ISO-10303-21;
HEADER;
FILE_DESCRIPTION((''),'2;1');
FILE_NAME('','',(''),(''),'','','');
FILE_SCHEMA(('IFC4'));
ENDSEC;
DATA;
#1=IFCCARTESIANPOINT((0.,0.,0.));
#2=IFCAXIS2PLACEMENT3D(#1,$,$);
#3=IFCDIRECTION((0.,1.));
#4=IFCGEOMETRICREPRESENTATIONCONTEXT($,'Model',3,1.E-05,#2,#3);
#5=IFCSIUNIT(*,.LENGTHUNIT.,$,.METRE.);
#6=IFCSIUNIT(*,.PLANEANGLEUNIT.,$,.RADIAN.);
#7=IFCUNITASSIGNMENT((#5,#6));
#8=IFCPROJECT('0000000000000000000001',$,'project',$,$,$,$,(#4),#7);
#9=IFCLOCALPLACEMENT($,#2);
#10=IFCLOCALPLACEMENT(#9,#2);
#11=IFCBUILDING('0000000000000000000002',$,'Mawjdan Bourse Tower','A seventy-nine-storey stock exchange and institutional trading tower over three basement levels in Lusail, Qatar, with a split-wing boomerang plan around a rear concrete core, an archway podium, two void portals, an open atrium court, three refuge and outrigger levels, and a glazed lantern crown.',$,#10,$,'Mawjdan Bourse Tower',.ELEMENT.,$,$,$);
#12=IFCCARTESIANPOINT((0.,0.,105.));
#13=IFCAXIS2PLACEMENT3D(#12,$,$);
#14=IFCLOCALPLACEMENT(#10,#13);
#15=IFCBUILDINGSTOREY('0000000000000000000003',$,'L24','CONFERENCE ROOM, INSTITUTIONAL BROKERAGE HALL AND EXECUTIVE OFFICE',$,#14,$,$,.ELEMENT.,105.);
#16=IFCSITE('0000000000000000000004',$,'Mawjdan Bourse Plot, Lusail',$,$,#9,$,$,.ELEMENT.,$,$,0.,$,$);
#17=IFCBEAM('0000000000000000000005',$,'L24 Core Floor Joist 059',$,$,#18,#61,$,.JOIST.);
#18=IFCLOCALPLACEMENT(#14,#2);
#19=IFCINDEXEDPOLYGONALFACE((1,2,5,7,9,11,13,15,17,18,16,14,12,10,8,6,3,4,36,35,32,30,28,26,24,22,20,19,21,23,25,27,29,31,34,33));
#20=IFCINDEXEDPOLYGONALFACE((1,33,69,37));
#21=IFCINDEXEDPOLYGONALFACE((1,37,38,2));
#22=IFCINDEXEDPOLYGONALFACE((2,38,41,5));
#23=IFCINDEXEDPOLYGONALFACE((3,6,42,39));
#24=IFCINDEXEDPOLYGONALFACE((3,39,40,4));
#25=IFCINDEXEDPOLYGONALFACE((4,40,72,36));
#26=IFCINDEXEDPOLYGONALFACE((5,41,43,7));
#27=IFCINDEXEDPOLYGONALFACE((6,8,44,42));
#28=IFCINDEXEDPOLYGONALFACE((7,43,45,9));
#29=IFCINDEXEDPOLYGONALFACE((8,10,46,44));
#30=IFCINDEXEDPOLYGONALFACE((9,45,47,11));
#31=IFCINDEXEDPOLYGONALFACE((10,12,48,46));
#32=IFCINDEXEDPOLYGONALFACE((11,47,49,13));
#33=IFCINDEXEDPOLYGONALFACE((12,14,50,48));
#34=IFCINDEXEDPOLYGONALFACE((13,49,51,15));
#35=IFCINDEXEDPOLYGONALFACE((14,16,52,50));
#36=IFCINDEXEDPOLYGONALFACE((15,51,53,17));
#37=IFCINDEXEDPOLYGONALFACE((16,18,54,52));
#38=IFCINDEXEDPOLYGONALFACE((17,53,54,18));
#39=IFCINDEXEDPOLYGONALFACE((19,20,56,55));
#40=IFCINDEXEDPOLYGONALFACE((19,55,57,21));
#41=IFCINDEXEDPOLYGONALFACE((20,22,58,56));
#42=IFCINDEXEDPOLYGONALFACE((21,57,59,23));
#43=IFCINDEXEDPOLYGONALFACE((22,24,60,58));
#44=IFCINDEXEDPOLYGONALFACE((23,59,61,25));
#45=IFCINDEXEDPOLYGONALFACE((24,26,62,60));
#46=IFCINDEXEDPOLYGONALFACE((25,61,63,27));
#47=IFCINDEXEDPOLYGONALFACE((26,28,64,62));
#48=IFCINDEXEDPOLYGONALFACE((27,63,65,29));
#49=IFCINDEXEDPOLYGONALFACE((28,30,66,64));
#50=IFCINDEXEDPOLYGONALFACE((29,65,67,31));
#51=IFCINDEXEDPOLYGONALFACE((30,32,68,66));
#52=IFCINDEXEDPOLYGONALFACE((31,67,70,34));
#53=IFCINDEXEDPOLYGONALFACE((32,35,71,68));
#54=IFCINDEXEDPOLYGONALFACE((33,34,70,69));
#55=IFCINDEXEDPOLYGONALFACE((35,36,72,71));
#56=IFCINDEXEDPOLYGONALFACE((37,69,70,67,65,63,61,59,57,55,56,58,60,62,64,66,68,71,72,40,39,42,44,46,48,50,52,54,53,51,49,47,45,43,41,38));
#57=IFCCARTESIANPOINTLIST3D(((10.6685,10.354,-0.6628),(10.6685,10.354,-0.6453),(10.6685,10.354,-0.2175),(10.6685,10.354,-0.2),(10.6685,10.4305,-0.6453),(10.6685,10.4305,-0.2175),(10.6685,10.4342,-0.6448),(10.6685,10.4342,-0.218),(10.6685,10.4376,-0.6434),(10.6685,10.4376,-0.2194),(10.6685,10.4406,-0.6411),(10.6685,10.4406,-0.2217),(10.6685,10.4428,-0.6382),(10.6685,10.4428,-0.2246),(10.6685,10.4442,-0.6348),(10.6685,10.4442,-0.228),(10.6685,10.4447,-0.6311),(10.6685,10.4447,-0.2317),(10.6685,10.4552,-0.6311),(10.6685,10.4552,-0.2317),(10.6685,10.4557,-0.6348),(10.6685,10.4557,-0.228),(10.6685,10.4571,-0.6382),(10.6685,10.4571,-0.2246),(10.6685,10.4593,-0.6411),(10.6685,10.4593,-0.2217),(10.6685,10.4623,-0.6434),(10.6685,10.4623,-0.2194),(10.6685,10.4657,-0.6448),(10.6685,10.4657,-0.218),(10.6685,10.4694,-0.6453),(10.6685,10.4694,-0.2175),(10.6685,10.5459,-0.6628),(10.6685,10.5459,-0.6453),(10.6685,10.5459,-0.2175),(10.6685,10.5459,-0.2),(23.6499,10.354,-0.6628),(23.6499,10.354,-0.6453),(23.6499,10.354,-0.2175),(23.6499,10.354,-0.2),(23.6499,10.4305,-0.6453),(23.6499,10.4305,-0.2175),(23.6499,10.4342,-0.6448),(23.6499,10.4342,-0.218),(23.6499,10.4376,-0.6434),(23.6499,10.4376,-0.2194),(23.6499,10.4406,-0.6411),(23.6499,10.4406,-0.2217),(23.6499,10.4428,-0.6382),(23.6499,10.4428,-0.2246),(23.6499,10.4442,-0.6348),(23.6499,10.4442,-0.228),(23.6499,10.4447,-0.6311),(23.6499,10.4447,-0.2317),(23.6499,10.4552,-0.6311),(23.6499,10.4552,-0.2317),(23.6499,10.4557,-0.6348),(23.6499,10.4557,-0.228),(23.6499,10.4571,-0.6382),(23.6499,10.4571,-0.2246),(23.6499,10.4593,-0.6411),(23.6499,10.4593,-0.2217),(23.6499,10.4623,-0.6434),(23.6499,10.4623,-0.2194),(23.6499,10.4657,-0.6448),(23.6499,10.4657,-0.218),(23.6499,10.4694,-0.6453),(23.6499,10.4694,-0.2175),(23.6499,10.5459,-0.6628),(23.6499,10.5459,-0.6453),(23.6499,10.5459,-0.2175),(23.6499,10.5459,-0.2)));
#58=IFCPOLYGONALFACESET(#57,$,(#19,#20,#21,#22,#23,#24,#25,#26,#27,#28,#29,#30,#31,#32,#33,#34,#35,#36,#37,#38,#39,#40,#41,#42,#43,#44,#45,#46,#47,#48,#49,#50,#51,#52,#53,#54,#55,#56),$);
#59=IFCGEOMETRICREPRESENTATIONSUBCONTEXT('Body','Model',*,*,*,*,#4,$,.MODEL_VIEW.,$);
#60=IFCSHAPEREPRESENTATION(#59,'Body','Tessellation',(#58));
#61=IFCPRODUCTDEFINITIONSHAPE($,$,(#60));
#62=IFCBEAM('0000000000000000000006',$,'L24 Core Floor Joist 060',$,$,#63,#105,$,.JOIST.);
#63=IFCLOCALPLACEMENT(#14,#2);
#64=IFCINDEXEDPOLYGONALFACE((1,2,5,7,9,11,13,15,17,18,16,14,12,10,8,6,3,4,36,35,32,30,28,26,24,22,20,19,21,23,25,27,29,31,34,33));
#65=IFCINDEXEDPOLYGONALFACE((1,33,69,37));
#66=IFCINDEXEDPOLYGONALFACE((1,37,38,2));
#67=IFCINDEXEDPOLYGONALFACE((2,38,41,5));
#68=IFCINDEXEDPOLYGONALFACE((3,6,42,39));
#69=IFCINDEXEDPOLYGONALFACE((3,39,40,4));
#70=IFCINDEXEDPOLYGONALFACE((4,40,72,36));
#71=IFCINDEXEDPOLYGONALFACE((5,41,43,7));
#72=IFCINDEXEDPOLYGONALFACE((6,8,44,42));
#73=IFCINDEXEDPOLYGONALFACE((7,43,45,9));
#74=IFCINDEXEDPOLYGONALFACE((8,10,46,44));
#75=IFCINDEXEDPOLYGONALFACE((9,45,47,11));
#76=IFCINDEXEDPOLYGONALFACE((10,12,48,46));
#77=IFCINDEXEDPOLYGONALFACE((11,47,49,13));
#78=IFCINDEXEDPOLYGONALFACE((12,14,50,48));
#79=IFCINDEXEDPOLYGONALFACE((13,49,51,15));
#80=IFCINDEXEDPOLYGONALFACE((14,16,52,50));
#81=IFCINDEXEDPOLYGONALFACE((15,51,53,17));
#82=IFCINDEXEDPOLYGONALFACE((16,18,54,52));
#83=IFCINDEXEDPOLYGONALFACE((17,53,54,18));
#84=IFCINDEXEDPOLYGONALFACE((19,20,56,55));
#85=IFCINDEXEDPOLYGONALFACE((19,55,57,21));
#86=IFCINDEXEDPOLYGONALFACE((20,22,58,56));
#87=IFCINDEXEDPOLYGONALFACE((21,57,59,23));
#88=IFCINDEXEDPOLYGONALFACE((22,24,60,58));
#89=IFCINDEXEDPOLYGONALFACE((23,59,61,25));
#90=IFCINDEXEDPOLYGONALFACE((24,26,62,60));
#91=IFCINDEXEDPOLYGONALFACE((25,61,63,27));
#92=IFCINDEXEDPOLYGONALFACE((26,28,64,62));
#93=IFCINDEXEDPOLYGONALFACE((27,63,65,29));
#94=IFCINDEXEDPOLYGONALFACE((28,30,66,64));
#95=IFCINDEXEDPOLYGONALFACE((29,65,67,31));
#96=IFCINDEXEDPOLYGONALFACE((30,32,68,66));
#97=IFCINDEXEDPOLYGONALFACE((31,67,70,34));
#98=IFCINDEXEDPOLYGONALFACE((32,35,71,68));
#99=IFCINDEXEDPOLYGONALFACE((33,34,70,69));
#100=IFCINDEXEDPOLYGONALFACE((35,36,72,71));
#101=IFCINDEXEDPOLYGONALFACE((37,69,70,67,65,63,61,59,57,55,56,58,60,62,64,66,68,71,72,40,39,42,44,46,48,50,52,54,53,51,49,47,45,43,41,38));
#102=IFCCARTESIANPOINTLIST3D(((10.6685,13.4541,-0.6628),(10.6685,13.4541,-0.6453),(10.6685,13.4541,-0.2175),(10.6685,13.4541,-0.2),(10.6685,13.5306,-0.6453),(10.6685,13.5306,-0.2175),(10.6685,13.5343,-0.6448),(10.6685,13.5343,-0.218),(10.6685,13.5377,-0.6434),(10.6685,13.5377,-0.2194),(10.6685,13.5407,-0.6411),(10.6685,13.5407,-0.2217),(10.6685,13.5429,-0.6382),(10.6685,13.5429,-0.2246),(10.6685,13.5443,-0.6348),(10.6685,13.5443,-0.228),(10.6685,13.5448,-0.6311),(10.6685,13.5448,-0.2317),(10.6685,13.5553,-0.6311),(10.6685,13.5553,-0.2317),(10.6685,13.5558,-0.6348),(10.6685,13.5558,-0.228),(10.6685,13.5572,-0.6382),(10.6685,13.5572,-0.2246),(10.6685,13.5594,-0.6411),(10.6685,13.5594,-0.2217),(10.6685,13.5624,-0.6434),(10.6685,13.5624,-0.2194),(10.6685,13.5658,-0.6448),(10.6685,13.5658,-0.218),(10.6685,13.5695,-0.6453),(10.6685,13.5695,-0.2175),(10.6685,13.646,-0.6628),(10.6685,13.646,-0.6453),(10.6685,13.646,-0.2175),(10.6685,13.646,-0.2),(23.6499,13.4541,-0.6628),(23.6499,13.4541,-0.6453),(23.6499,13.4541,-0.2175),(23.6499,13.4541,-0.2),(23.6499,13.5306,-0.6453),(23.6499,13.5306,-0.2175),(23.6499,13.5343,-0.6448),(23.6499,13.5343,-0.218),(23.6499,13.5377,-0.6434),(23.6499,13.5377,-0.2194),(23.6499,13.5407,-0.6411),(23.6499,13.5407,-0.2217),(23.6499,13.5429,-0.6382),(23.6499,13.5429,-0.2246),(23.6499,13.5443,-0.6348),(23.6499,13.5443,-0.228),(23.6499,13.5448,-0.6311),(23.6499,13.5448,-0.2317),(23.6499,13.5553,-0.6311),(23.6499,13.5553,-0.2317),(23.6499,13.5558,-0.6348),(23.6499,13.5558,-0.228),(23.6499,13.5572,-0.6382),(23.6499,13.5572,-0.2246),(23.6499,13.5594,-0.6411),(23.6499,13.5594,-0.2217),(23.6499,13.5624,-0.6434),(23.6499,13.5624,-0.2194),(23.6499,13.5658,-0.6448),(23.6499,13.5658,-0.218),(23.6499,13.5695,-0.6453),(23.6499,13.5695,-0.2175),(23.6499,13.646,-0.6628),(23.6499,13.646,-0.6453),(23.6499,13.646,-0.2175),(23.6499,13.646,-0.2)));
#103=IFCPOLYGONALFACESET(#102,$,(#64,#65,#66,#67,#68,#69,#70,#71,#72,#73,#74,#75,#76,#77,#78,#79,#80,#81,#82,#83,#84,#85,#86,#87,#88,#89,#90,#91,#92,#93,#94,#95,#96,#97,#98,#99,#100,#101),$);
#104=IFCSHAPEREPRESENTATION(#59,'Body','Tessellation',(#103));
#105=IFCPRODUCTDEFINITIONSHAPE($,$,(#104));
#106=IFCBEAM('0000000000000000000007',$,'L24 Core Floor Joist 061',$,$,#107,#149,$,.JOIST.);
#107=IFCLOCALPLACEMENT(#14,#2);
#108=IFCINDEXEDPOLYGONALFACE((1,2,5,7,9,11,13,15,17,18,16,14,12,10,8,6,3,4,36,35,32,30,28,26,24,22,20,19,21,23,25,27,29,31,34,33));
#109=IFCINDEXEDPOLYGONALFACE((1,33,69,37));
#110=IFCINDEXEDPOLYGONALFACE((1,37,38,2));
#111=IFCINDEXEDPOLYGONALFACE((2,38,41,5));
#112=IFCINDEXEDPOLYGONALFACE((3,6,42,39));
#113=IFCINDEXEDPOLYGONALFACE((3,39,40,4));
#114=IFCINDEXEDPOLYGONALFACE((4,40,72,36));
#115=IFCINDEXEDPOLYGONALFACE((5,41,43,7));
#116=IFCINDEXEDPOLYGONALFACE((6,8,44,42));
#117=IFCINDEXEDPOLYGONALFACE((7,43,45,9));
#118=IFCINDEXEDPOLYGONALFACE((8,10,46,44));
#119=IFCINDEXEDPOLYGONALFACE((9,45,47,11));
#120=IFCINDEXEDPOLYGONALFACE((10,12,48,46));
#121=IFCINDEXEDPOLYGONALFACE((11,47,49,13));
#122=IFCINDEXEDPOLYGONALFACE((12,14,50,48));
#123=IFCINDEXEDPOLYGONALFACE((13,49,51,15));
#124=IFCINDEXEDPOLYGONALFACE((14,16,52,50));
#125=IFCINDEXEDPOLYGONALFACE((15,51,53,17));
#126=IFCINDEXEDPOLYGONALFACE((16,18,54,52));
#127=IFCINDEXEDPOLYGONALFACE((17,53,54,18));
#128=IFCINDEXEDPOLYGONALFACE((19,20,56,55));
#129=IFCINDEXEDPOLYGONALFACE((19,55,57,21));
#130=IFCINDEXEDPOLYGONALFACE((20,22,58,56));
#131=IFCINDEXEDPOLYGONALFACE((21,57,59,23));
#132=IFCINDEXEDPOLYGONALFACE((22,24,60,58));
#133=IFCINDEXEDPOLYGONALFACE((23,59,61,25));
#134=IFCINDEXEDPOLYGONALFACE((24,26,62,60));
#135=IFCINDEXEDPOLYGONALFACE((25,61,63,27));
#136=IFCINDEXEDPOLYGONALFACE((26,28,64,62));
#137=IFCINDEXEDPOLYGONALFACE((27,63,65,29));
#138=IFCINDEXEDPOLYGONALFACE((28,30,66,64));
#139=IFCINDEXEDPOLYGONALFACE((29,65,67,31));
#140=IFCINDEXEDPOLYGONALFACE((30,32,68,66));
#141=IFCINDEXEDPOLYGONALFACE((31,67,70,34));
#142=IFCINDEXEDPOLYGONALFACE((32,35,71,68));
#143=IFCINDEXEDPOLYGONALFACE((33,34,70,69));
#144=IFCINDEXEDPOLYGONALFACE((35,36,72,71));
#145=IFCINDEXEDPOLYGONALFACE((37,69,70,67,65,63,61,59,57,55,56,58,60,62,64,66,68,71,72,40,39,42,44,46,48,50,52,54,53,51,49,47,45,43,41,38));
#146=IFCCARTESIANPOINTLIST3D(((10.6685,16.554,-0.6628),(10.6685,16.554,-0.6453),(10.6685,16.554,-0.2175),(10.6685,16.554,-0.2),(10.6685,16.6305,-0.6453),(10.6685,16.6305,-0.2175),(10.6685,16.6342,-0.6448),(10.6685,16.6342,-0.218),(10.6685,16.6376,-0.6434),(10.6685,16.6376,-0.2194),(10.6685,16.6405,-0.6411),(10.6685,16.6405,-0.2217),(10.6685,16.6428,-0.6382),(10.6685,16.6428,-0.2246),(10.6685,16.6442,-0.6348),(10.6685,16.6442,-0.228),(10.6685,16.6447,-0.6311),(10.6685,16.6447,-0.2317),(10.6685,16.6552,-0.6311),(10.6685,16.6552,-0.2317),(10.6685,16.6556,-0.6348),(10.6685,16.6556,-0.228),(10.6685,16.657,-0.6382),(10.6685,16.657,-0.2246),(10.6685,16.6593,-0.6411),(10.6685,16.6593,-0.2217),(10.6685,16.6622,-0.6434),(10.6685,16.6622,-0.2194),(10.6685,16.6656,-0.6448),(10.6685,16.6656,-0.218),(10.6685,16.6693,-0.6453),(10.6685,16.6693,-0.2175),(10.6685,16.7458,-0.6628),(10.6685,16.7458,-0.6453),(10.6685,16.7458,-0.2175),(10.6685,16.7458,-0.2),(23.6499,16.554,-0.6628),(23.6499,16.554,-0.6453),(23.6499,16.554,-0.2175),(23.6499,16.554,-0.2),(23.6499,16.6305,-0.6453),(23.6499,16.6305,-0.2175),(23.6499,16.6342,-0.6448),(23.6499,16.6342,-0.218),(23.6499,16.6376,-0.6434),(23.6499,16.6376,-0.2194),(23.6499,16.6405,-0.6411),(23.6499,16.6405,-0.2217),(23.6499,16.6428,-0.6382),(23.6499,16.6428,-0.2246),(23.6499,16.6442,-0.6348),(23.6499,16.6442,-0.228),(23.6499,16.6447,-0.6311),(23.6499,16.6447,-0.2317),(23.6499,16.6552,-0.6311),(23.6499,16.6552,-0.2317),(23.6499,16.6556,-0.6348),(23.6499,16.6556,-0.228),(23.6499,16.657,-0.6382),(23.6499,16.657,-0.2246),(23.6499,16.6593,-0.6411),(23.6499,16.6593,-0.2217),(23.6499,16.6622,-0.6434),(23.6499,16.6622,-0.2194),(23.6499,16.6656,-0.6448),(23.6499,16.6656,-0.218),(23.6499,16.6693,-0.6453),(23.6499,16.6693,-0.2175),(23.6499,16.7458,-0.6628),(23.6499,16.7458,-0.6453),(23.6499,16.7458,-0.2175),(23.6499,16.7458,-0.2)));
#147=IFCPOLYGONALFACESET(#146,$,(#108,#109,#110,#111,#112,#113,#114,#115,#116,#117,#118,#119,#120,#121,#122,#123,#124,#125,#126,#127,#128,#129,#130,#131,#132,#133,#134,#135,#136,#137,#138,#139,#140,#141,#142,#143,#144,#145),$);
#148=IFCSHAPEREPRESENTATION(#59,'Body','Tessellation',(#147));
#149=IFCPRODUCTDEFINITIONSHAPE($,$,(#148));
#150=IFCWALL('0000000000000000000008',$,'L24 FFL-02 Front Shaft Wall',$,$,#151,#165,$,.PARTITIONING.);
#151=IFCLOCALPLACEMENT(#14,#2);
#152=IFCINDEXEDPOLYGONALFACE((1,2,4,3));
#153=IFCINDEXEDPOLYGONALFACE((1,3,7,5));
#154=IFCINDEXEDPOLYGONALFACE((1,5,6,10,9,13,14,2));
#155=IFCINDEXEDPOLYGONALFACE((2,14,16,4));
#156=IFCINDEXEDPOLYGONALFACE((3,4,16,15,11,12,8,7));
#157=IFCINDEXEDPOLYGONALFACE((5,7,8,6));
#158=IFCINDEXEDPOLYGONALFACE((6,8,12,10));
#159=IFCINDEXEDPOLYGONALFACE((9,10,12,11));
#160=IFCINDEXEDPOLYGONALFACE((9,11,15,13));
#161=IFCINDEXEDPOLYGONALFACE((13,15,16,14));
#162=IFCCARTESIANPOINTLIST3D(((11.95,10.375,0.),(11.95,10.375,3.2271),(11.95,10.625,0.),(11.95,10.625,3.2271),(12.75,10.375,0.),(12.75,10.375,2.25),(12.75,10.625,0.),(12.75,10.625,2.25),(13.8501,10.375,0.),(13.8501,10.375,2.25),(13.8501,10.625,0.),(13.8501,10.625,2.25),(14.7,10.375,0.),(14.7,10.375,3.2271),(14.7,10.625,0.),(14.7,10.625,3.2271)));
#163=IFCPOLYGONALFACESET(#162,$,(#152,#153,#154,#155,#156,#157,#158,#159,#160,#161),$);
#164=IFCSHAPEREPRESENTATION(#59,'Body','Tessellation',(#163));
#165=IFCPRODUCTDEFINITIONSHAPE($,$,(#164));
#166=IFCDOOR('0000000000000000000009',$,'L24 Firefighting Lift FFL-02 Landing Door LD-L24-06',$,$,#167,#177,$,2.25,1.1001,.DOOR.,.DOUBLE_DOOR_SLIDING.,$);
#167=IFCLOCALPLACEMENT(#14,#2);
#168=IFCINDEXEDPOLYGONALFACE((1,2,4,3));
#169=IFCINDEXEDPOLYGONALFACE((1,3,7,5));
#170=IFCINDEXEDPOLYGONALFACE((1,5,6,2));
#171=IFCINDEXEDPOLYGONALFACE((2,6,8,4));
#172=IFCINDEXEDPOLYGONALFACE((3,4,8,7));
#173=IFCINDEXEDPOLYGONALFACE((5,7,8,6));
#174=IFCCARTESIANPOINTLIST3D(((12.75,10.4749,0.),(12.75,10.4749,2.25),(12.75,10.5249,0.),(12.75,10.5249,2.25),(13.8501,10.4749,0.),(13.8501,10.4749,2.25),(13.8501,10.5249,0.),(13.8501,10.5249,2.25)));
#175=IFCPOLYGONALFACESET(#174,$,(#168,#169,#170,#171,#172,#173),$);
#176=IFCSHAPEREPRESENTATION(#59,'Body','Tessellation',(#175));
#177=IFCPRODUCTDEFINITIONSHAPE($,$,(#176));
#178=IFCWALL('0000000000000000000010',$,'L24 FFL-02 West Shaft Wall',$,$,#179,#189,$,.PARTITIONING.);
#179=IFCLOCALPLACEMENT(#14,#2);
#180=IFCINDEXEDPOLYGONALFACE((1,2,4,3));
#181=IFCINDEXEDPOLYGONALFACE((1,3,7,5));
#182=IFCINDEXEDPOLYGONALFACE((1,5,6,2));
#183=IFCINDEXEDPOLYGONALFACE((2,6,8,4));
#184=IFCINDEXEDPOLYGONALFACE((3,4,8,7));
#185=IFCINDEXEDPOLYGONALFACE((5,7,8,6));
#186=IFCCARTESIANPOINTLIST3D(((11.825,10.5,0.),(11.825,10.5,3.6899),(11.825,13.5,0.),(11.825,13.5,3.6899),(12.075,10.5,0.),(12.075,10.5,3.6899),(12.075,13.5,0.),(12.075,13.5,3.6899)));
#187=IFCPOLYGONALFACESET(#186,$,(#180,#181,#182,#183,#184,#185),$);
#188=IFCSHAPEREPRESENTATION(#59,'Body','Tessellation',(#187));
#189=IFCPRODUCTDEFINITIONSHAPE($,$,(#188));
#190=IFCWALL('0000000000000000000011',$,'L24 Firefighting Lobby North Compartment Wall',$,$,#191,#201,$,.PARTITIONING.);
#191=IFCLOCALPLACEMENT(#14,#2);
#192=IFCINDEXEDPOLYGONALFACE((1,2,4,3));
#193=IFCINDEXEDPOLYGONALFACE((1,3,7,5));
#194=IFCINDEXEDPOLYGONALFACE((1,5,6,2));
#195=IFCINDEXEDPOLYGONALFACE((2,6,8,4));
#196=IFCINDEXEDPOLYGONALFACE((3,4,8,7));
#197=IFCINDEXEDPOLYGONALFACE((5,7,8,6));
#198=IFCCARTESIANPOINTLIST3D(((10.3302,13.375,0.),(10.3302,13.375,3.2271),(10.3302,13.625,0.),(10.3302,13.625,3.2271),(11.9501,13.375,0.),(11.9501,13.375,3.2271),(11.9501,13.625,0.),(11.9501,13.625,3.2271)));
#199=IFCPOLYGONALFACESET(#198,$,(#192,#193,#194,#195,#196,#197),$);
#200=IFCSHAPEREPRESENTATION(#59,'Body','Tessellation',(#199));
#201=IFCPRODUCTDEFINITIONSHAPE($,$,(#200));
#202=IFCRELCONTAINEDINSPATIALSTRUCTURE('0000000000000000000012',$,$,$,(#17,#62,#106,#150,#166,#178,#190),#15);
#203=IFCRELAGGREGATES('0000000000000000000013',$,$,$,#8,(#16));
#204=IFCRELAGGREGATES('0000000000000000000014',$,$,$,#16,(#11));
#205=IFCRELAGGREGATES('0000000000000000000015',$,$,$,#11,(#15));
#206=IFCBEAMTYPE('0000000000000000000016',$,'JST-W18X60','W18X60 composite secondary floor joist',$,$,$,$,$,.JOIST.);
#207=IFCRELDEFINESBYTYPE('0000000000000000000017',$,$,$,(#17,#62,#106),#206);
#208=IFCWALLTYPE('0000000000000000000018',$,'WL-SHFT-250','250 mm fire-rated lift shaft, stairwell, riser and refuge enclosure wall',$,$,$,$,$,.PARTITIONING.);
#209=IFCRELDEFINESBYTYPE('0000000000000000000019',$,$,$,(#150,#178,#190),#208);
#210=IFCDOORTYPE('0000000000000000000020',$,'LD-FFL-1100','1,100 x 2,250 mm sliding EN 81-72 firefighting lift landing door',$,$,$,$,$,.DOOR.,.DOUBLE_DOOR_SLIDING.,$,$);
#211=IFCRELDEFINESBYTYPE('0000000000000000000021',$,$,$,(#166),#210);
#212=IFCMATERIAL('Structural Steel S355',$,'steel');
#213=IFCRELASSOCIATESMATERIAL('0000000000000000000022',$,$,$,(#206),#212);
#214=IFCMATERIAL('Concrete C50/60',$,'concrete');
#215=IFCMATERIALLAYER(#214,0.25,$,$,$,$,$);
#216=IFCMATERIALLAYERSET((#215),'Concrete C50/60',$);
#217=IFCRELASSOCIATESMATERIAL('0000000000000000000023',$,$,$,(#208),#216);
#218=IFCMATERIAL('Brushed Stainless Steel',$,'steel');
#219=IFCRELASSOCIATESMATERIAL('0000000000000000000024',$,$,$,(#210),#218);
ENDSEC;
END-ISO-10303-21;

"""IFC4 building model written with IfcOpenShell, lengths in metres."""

from ifc_helpers import new_model, si_unit, direction, frame, frame_2d, origin, origin_2d, place, context, subcontext, project, spatial, rectangle, i_section, extrude, material, layer, layer_set, material_profile, profile_set, type_object, element, fill, save


model = new_model("IFC4")

# Units and contexts
model_context = context("Model", 3, precision=1e-05, world=origin(), true_north=direction((0.0, 1.0)))
body_context = subcontext(model_context, "Body", "Model", "MODEL_VIEW")
ifc_project = project(units=[si_unit("LENGTHUNIT", "METRE"), si_unit("PLANEANGLEUNIT", "RADIAN")], contexts=[model_context])

# Site, building, storey
site_placement = place(None, origin())
site = spatial("IfcSite", under=ifc_project, at=site_placement, Name="Mawjdan Bourse Plot, Lusail", CompositionType="ELEMENT", RefElevation=0.0)
building_placement = place(site_placement, origin())
building = spatial("IfcBuilding", under=site, at=building_placement, Name="Mawjdan Bourse Tower", Description="A seventy-nine-storey stock exchange and institutional trading tower over three basement levels in Lusail, Qatar, with a split-wing boomerang plan around a rear concrete core, an archway podium, two void portals, an open atrium court, three refuge and outrigger levels, and a glazed lantern crown.", LongName="Mawjdan Bourse Tower", CompositionType="ELEMENT")
storey_placement = place(building_placement, frame((0.0, 0.0, 105.0)))
storey = spatial("IfcBuildingStorey", under=building, at=storey_placement, Name="L24", Description="CONFERENCE ROOM, INSTITUTIONAL BROKERAGE HALL AND EXECUTIVE OFFICE", CompositionType="ELEMENT", Elevation=105.0)

# Beams
ifc_material_1 = material(Name="Structural Steel S355", Category="steel")
ifc_material_profile = material_profile(ifc_material_1, i_section(OverallWidth=0.1919, OverallDepth=0.4629, WebThickness=0.0105, FlangeThickness=0.0176, FilletRadius=0.0142, at=origin_2d()), Name="W18X60")
ifc_profile_set = profile_set([ifc_material_profile], Name="Structural Steel S355")
beam_type = type_object("IfcBeamType", Name="JST-W18X60", Description="W18X60 composite secondary floor joist", PredefinedType="JOIST", material=ifc_profile_set)
for number, where, z_axis, x_axis, name in (
    (1, (10.6685, 10.45, -0.4314), (1.0, 0.0, 0.0), (0.0, 1.0, 0.0), "L24 Core Floor Joist 059"),
    (2, (10.6685, 13.55, -0.4314), (1.0, 0.0, 0.0), (0.0, 1.0, 0.0), "L24 Core Floor Joist 060"),
    (3, (10.6685, 16.6499, -0.4314), (1.0, 0.0, 0.0), (0.0, 1.0, 0.0), "L24 Core Floor Joist 061"),
):
    element("IfcBeam", number, at=place(storey_placement, frame(where, z_axis=z_axis, x_axis=x_axis)), inside=storey, type_object=beam_type, Name=name, PredefinedType="JOIST", context=body_context, shape_type="SweptSolid", body=[
        extrude(i_section(OverallWidth=0.1919, OverallDepth=0.4629, WebThickness=0.0105, FlangeThickness=0.0176, FilletRadius=0.0142, at=origin_2d()), origin(), (0.0, 0.0, 1.0), 12.9814),
    ])

# Wall, opening, door
ifc_material_2 = material(Name="Concrete C50/60", Category="concrete")
ifc_layer_1 = layer(ifc_material_2, 0.25)
ifc_layer_set_1 = layer_set([ifc_layer_1], Name="Concrete C50/60")
wall_type_1 = type_object("IfcWallType", Name="WL-SHFT-250", Description="250 mm fire-rated lift shaft, stairwell, riser and refuge enclosure wall", PredefinedType="PARTITIONING", material=ifc_layer_set_1)
wall_1_placement = place(storey_placement, frame((11.95, 10.5, 0.0), z_axis=(0.0, 0.0, 1.0), x_axis=(1.0, 0.0, 0.0)))
wall_1 = element("IfcWall", 4, at=wall_1_placement, inside=storey, type_object=wall_type_1, Name="L24 FFL-02 Front Shaft Wall", PredefinedType="PARTITIONING", context=body_context, shape_type="SweptSolid", body=[
    extrude(rectangle(XDim=2.75, YDim=0.25, at=frame_2d((1.375, 0.0))), origin(), (0.0, 0.0, 1.0), 3.2271),
])
opening_1_placement = place(wall_1_placement, frame((0.8, 0.0, 0.0)))
opening_1 = element("IfcOpeningElement", 5, at=opening_1_placement, cuts=wall_1, PredefinedType="OPENING", context=body_context, shape_type="SweptSolid", body=[
    extrude(rectangle(XDim=1.1001, YDim=2.25, at=frame_2d((0.55, 1.125))), frame((0.0, 0.135, 0.0), z_axis=(0.0, -1.0, 0.0), x_axis=(1.0, 0.0, 0.0)), (0.0, 0.0, 1.0), 0.27),
])
ifc_material_3 = material(Name="Brushed Stainless Steel", Category="steel")
door_type_1 = type_object("IfcDoorType", Name="LD-FFL-1100", Description="1,100 x 2,250 mm sliding EN 81-72 firefighting lift landing door", OperationType="DOUBLE_DOOR_SLIDING", PredefinedType="DOOR", material=ifc_material_3)
door_1_placement = place(opening_1_placement, origin())
door_1 = element("IfcDoor", 6, at=door_1_placement, inside=storey, type_object=door_type_1, Name="L24 Firefighting Lift FFL-02 Landing Door LD-L24-06", OperationType="DOUBLE_DOOR_SLIDING", OverallHeight=2.25, OverallWidth=1.1001, PredefinedType="DOOR", context=body_context, shape_type="SweptSolid", body=[
    extrude(rectangle(XDim=1.1001, YDim=2.25, at=frame_2d((0.55, 1.125))), frame((0.0, 0.0249, 0.0), z_axis=(0.0, -1.0, 0.0), x_axis=(1.0, 0.0, 0.0)), (0.0, 0.0, 1.0), 0.05),
])
fill(opening_1, door_1)

# Walls
wall_2_placement = place(storey_placement, frame((11.95, 10.5, 0.0), z_axis=(0.0, 0.0, 1.0), x_axis=(0.0, 1.0, 0.0)))
element("IfcWall", 7, at=wall_2_placement, inside=storey, type_object=wall_type_1, Name="L24 FFL-02 West Shaft Wall", PredefinedType="PARTITIONING", context=body_context, shape_type="SweptSolid", body=[
    extrude(rectangle(XDim=3.0, YDim=0.25, at=frame_2d((1.5, 0.0))), origin(), (0.0, 0.0, 1.0), 3.6899),
])
wall_3_placement = place(storey_placement, frame((10.3301, 13.5, 0.0), z_axis=(0.0, 0.0, 1.0), x_axis=(1.0, 0.0, 0.0)))
element("IfcWall", 8, at=wall_3_placement, inside=storey, type_object=wall_type_1, Name="L24 Firefighting Lobby North Compartment Wall", PredefinedType="PARTITIONING", context=body_context, shape_type="SweptSolid", body=[
    extrude(rectangle(XDim=1.6199, YDim=0.25, at=frame_2d((0.8101, 0.0))), origin(), (0.0, 0.0, 1.0), 3.2271),
])

save(model, "model.ifc")
